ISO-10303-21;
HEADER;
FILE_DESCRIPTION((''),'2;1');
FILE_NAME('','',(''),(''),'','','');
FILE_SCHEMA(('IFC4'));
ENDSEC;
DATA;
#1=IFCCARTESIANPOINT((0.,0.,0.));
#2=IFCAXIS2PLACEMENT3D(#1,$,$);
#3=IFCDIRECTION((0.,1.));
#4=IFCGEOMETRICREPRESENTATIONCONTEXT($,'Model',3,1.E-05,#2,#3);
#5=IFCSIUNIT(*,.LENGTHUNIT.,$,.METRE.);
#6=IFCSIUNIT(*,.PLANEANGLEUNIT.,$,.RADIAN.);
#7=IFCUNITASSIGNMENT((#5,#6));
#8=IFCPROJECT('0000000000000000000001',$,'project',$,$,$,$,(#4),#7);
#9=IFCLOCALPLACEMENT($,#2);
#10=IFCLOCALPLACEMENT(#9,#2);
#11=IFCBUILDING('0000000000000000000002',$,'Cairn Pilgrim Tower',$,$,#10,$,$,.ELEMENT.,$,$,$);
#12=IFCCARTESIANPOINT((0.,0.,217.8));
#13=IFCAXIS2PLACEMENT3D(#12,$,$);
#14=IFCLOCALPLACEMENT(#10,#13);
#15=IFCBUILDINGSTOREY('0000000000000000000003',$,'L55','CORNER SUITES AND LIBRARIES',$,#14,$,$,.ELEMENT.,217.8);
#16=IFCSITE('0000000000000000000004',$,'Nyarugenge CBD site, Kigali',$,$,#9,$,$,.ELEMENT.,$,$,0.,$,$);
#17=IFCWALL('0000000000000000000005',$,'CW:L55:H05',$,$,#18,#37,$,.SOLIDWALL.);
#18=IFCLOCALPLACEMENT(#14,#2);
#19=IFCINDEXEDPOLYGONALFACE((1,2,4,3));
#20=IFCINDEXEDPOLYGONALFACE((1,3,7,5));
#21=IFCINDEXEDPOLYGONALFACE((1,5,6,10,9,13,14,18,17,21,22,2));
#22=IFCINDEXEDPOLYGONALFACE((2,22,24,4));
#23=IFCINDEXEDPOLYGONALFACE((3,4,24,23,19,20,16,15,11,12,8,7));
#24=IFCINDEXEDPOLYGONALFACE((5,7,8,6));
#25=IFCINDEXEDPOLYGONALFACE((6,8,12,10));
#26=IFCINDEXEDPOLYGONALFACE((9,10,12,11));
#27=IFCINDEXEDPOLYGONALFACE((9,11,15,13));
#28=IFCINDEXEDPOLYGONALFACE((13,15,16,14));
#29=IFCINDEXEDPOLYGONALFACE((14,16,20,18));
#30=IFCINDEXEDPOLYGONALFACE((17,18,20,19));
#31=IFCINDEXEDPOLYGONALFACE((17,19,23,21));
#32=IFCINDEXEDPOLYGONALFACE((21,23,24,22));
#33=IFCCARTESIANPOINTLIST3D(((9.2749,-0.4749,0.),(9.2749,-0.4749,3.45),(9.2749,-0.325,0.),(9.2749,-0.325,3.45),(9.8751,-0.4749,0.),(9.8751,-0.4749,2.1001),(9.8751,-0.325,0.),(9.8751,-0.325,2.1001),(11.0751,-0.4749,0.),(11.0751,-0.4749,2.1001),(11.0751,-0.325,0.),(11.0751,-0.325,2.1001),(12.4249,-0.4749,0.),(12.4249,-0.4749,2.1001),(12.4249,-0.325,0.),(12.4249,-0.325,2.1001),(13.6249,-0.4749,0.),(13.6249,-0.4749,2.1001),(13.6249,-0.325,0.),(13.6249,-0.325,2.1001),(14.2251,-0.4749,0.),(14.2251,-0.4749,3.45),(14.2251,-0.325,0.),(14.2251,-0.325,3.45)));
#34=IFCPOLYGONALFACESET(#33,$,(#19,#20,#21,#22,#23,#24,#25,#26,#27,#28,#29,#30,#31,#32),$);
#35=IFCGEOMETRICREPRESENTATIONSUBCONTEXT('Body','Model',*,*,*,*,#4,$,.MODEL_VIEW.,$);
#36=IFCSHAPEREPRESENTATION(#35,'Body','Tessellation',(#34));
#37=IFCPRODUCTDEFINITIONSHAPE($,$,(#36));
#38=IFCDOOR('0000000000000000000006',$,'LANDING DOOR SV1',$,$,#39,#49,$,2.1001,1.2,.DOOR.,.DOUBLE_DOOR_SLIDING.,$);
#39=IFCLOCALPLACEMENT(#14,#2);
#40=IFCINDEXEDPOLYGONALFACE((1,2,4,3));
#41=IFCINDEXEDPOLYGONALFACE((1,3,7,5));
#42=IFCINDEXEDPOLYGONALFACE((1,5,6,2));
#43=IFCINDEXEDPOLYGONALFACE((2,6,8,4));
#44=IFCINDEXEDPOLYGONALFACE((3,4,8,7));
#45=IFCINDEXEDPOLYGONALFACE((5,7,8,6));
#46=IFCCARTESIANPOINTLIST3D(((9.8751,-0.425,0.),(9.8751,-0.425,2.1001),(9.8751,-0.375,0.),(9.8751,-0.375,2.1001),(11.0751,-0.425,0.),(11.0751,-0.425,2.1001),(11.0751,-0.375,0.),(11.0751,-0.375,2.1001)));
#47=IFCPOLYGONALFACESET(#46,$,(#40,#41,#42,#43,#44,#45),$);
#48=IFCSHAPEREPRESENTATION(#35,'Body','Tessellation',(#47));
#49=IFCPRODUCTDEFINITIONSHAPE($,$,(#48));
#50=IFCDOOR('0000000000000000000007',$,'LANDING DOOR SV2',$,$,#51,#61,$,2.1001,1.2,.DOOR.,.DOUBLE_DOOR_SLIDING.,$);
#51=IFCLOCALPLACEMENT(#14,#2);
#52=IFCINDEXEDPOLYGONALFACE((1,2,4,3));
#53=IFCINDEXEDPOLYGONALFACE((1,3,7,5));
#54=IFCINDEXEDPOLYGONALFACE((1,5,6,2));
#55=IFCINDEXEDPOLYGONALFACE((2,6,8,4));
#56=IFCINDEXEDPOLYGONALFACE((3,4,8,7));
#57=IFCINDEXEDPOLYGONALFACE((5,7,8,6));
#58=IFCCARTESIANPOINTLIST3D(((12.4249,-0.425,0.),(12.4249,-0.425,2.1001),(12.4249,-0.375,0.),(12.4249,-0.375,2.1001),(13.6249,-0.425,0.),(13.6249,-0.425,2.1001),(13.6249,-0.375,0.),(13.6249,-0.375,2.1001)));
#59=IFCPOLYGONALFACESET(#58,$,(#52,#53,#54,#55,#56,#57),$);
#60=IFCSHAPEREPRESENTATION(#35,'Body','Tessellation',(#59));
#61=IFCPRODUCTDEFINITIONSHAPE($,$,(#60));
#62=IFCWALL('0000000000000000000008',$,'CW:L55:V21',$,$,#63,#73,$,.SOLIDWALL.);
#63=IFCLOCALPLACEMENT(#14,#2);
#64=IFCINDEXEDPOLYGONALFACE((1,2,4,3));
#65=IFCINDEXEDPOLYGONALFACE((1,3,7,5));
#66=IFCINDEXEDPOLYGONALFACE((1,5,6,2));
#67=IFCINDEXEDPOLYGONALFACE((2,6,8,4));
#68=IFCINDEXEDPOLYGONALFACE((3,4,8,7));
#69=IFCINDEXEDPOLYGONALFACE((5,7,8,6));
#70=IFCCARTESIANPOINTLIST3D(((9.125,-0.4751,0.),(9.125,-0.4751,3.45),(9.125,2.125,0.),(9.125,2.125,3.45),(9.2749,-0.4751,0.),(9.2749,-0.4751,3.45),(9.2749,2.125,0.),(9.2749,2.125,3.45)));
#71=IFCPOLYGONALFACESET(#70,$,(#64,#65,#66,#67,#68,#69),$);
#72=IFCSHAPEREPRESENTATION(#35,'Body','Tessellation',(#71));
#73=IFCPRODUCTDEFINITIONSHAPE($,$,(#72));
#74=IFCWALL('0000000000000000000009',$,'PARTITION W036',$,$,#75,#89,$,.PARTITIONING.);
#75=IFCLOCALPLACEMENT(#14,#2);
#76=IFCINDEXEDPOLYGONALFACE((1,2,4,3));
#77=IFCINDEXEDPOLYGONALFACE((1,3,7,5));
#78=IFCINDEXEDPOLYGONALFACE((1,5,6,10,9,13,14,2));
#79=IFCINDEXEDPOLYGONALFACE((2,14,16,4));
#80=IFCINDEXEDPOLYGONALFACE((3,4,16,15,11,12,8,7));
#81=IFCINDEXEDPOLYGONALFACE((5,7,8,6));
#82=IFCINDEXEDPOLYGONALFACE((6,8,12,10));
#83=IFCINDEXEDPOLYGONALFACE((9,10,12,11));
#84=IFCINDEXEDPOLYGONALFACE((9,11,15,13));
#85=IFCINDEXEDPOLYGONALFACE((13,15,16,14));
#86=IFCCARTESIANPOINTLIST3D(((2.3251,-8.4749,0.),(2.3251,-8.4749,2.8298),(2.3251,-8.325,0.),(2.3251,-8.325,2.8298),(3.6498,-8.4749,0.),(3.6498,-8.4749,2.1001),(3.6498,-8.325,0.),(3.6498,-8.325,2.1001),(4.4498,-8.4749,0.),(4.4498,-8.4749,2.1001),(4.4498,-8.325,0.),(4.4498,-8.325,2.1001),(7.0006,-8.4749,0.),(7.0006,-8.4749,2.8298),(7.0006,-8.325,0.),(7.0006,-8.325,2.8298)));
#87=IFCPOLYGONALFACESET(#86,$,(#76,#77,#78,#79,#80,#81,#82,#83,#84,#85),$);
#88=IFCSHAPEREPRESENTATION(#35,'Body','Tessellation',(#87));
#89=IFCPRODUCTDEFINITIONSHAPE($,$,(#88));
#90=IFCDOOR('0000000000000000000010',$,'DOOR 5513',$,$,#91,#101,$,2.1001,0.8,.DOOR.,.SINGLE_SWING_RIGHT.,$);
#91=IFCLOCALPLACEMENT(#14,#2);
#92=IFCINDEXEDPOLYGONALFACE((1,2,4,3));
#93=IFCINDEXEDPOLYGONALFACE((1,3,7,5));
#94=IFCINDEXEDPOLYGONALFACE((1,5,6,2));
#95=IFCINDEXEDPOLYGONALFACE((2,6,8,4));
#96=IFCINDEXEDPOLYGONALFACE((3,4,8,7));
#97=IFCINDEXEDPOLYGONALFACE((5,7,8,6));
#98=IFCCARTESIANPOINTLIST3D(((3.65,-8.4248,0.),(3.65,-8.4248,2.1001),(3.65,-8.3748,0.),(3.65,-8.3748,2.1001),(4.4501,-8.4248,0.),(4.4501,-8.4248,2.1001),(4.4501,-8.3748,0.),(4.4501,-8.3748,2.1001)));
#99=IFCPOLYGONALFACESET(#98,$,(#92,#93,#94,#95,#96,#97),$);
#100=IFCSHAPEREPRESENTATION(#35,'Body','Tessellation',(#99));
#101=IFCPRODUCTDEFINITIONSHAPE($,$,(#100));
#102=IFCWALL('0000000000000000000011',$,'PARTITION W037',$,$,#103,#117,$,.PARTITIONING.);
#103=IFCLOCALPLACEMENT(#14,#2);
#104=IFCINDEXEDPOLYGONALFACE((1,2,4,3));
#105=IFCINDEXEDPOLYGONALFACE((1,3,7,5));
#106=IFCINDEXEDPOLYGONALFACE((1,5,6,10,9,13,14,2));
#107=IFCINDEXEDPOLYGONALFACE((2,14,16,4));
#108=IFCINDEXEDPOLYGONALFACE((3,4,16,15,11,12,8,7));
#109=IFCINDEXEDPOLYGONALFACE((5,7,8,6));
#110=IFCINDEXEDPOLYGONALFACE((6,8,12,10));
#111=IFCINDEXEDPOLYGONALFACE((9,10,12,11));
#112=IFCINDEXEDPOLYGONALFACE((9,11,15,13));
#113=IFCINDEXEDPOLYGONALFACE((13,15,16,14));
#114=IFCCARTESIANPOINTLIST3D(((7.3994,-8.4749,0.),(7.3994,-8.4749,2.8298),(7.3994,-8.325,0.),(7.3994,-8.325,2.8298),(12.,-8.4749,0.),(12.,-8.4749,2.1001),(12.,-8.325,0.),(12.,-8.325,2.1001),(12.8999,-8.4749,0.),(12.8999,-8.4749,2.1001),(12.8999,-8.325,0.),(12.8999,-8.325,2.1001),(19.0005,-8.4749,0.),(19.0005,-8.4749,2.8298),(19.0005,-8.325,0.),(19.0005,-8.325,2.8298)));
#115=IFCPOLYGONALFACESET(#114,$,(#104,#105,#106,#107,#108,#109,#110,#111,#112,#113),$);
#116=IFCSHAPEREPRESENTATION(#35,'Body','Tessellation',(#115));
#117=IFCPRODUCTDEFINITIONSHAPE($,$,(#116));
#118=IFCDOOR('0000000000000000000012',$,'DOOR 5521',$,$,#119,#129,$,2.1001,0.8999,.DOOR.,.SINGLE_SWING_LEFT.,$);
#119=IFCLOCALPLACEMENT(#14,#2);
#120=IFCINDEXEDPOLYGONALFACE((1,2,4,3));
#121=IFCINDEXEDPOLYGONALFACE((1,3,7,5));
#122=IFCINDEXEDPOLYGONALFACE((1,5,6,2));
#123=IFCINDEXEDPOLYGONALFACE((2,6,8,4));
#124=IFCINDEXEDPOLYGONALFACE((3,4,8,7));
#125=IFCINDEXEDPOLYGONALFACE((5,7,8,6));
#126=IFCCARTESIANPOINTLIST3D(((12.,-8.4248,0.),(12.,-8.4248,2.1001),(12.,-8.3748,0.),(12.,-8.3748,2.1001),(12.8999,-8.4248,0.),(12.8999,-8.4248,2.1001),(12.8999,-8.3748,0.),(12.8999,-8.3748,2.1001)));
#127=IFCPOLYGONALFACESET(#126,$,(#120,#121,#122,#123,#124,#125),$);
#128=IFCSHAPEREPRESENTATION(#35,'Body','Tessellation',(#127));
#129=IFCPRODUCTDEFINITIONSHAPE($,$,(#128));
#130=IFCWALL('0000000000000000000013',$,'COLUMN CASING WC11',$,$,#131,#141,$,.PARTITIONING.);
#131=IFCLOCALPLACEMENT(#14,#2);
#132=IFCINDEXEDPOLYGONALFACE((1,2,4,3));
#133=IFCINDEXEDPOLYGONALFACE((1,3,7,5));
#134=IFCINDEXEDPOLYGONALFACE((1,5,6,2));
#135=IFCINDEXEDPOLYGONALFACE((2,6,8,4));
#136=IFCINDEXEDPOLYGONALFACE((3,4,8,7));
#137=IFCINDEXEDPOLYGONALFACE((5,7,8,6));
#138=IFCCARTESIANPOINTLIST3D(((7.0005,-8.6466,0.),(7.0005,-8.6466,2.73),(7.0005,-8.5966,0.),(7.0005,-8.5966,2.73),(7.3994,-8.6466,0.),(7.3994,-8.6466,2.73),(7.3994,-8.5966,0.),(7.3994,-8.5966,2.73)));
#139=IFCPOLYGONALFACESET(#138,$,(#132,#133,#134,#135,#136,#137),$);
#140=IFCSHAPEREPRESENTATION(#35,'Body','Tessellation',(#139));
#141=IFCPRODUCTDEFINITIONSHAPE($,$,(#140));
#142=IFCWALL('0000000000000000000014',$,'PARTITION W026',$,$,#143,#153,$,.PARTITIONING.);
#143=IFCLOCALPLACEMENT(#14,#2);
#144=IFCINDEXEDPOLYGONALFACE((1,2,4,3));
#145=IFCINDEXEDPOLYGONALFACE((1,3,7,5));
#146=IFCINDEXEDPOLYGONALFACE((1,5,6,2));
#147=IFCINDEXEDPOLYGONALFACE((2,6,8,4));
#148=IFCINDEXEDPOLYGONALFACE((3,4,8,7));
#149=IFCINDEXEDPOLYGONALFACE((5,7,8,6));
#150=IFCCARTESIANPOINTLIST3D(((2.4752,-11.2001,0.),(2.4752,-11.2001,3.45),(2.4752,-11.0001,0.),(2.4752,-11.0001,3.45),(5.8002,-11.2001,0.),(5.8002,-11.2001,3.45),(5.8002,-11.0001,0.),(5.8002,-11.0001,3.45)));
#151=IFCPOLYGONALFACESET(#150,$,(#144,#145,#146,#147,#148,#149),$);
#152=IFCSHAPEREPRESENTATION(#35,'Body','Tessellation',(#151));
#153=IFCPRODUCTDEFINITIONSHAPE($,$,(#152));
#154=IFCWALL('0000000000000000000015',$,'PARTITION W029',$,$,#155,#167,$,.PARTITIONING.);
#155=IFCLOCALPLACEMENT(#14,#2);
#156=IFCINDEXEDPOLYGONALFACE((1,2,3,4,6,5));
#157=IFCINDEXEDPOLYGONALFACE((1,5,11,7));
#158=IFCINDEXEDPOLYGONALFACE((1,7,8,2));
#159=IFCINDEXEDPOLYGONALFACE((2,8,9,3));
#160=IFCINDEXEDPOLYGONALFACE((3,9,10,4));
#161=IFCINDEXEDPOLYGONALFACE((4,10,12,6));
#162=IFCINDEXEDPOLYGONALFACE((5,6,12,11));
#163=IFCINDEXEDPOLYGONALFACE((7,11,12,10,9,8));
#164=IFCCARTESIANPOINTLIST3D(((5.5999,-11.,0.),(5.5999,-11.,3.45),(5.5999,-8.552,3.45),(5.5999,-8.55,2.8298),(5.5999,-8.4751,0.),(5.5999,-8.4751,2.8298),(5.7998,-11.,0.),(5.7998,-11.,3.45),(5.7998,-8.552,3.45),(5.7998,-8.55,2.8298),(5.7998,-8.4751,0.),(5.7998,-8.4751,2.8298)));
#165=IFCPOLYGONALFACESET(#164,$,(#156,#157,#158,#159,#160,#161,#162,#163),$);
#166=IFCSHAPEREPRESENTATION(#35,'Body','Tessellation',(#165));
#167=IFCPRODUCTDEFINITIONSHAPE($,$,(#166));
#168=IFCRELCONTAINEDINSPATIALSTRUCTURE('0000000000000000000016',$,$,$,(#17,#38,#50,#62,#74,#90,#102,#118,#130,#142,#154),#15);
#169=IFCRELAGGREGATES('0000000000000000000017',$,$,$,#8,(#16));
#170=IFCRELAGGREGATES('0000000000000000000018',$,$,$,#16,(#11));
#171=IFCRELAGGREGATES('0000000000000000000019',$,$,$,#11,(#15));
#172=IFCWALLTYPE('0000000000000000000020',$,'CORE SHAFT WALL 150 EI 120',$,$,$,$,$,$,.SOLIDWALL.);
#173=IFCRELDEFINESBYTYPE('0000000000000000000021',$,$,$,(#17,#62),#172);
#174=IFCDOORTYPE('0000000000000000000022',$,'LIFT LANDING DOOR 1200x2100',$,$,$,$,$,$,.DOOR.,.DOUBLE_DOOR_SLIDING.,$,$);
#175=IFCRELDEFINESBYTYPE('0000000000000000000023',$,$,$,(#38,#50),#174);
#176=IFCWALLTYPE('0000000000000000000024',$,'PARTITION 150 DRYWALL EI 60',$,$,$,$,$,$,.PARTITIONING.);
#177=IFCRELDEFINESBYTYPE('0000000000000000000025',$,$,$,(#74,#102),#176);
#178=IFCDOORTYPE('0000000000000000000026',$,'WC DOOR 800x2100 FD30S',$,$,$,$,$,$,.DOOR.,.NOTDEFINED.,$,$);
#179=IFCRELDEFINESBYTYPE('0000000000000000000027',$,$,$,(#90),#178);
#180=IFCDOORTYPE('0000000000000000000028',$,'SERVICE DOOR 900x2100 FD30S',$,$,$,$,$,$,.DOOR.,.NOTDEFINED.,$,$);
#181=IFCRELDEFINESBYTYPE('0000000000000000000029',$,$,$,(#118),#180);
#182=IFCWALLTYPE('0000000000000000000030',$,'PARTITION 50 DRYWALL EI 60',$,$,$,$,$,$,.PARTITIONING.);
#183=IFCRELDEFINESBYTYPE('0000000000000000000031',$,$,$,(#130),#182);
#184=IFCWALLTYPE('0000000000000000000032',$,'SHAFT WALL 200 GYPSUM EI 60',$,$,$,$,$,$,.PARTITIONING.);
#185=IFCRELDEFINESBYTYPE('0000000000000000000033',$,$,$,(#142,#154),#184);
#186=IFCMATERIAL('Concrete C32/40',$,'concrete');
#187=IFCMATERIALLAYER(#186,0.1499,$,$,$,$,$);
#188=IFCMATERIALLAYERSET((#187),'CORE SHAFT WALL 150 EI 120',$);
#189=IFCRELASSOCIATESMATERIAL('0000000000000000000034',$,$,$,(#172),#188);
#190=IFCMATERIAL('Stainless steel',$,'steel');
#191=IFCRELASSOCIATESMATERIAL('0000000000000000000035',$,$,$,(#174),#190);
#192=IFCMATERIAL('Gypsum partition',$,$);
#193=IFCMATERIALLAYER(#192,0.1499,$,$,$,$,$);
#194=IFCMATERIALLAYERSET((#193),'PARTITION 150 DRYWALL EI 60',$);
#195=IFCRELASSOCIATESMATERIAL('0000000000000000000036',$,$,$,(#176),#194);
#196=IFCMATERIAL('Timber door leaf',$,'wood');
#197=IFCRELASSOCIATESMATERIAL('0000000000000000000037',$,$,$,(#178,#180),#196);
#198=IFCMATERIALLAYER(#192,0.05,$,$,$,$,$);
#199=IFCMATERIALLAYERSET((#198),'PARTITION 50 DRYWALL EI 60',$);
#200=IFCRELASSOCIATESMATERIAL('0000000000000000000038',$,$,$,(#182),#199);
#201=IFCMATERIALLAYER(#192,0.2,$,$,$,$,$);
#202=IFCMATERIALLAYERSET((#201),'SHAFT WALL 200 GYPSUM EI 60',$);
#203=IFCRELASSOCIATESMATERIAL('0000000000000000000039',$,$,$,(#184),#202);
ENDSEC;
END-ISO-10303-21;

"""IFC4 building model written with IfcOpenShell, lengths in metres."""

from ifc_helpers import new_model, si_unit, direction, frame, frame_2d, origin, place, context, subcontext, project, spatial, polyline, rectangle, outline, extrude, material, layer, layer_set, type_object, element, fill, save


model = new_model("IFC4")

# Units and contexts
model_context = context("Model", 3, precision=1e-05, world=origin(), true_north=direction((0.0, 1.0)))
body_context = subcontext(model_context, "Body", "Model", "MODEL_VIEW")
ifc_project = project(units=[si_unit("LENGTHUNIT", "METRE"), si_unit("PLANEANGLEUNIT", "RADIAN")], contexts=[model_context])

# Site, building, storey
site_placement = place(None, origin())
site = spatial("IfcSite", under=ifc_project, at=site_placement, Name="Nyarugenge CBD site, Kigali", CompositionType="ELEMENT", RefElevation=0.0)
building_placement = place(site_placement, origin())
building = spatial("IfcBuilding", under=site, at=building_placement, Name="Cairn Pilgrim Tower", CompositionType="ELEMENT")
storey_placement = place(building_placement, frame((0.0, 0.0, 217.8)))
storey = spatial("IfcBuildingStorey", under=building, at=storey_placement, Name="L55", Description="CORNER SUITES AND LIBRARIES", CompositionType="ELEMENT", Elevation=217.8)

# Shared definitions
ifc_material_1 = material(Name="Concrete C32/40", Category="concrete")

# Wall, openings, doors
ifc_layer_1 = layer(ifc_material_1, 0.1499)
ifc_layer_set_1 = layer_set([ifc_layer_1], Name="CORE SHAFT WALL 150 EI 120")
wall_type_1 = type_object("IfcWallType", Name="CORE SHAFT WALL 150 EI 120", PredefinedType="SOLIDWALL", material=ifc_layer_set_1)
wall_1_placement = place(storey_placement, frame((9.2749, -0.3999, 0.0), z_axis=(0.0, 0.0, 1.0), x_axis=(1.0, 0.0, 0.0)))
wall_1 = element("IfcWall", 1, at=wall_1_placement, inside=storey, type_object=wall_type_1, Name="CW:L55:H05", PredefinedType="SOLIDWALL", context=body_context, shape_type="SweptSolid", body=[
    extrude(rectangle(XDim=4.9502, YDim=0.1499, at=frame_2d((2.4751, 0.0))), origin(), (0.0, 0.0, 1.0), 3.45),
])
opening_1_placement = place(wall_1_placement, frame((0.6001, 0.0, 0.0)))
opening_1 = element("IfcOpeningElement", 2, at=opening_1_placement, cuts=wall_1, PredefinedType="OPENING", context=body_context, shape_type="SweptSolid", body=[
    extrude(rectangle(XDim=1.2, YDim=2.1001, at=frame_2d((0.6001, 1.05))), frame((0.0, 0.085, 0.0), z_axis=(0.0, -1.0, 0.0), x_axis=(1.0, 0.0, 0.0)), (0.0, 0.0, 1.0), 0.1699),
])
opening_2_placement = place(wall_1_placement, frame((3.1499, 0.0, 0.0)))
opening_2 = element("IfcOpeningElement", 3, at=opening_2_placement, cuts=wall_1, PredefinedType="OPENING", context=body_context, shape_type="SweptSolid", body=[
    extrude(rectangle(XDim=1.2, YDim=2.1001, at=frame_2d((0.6001, 1.05))), frame((0.0, 0.085, 0.0), z_axis=(0.0, -1.0, 0.0), x_axis=(1.0, 0.0, 0.0)), (0.0, 0.0, 1.0), 0.1699),
])
ifc_material_2 = material(Name="Stainless steel", Category="steel")
door_type_1 = type_object("IfcDoorType", Name="LIFT LANDING DOOR 1200x2100", OperationType="DOUBLE_DOOR_SLIDING", PredefinedType="DOOR", material=ifc_material_2)
door_1_placement = place(opening_1_placement, origin())
door_1 = element("IfcDoor", 4, at=door_1_placement, inside=storey, type_object=door_type_1, Name="LANDING DOOR SV1", OperationType="DOUBLE_DOOR_SLIDING", OverallHeight=2.1001, OverallWidth=1.2, PredefinedType="DOOR", context=body_context, shape_type="SweptSolid", body=[
    extrude(rectangle(XDim=1.2, YDim=2.1001, at=frame_2d((0.6001, 1.05))), frame((0.0, 0.0249, 0.0), z_axis=(0.0, -1.0, 0.0), x_axis=(1.0, 0.0, 0.0)), (0.0, 0.0, 1.0), 0.05),
])
fill(opening_1, door_1)
door_2_placement = place(opening_2_placement, origin())
door_2 = element("IfcDoor", 5, at=door_2_placement, inside=storey, type_object=door_type_1, Name="LANDING DOOR SV2", OperationType="DOUBLE_DOOR_SLIDING", OverallHeight=2.1001, OverallWidth=1.2, PredefinedType="DOOR", context=body_context, shape_type="SweptSolid", body=[
    extrude(rectangle(XDim=1.2, YDim=2.1001, at=frame_2d((0.6001, 1.05))), frame((0.0, 0.0249, 0.0), z_axis=(0.0, -1.0, 0.0), x_axis=(1.0, 0.0, 0.0)), (0.0, 0.0, 1.0), 0.05),
])
fill(opening_2, door_2)

# Wall
wall_2_placement = place(storey_placement, frame((9.2, -0.4751, 0.0), z_axis=(0.0, 0.0, 1.0), x_axis=(0.0, 1.0, 0.0)))
element("IfcWall", 6, at=wall_2_placement, inside=storey, type_object=wall_type_1, Name="CW:L55:V21", PredefinedType="SOLIDWALL", context=body_context, shape_type="SweptSolid", body=[
    extrude(rectangle(XDim=2.6001, YDim=0.1499, at=frame_2d((1.3, 0.0))), origin(), (0.0, 0.0, 1.0), 3.45),
])

# Walls, openings, doors
ifc_material_3 = material(Name="Gypsum partition")
ifc_layer_2 = layer(ifc_material_3, 0.1499)
ifc_layer_set_2 = layer_set([ifc_layer_2], Name="PARTITION 150 DRYWALL EI 60")
wall_type_2 = type_object("IfcWallType", Name="PARTITION 150 DRYWALL EI 60", PredefinedType="PARTITIONING", material=ifc_layer_set_2)
wall_3_placement = place(storey_placement, frame((2.325, -8.3999, 0.0), z_axis=(0.0, 0.0, 1.0), x_axis=(1.0, 0.0, 0.0)))
wall_3 = element("IfcWall", 7, at=wall_3_placement, inside=storey, type_object=wall_type_2, Name="PARTITION W036", PredefinedType="PARTITIONING", context=body_context, shape_type="SweptSolid", body=[
    extrude(rectangle(XDim=4.6755, YDim=0.1499, at=frame_2d((2.3379, 0.0))), origin(), (0.0, 0.0, 1.0), 2.8298),
])
opening_3_placement = place(wall_3_placement, frame((1.325, 0.0, 0.0)))
opening_3 = element("IfcOpeningElement", 8, at=opening_3_placement, cuts=wall_3, PredefinedType="OPENING", context=body_context, shape_type="SweptSolid", body=[
    extrude(rectangle(XDim=0.8, YDim=2.1001, at=frame_2d((0.3999, 1.05))), frame((0.0, 0.085, 0.0), z_axis=(0.0, -1.0, 0.0), x_axis=(1.0, 0.0, 0.0)), (0.0, 0.0, 1.0), 0.1699),
])
ifc_material_4 = material(Name="Timber door leaf", Category="wood")
door_type_2 = type_object("IfcDoorType", Name="WC DOOR 800x2100 FD30S", OperationType="NOTDEFINED", PredefinedType="DOOR", material=ifc_material_4)
door_3_placement = place(opening_3_placement, frame((0.8, 0.0, 0.0), z_axis=(0.0, 0.0, 1.0), x_axis=(-1.0, 0.0, 0.0)))
door_3 = element("IfcDoor", 9, at=door_3_placement, inside=storey, type_object=door_type_2, Name="DOOR 5513", OperationType="SINGLE_SWING_RIGHT", OverallHeight=2.1001, OverallWidth=0.8, PredefinedType="DOOR", context=body_context, shape_type="SweptSolid", body=[
    extrude(rectangle(XDim=0.8, YDim=2.1001, at=frame_2d((0.3999, 1.05))), frame((0.0, 0.0249, 0.0), z_axis=(0.0, -1.0, 0.0), x_axis=(1.0, 0.0, 0.0)), (0.0, 0.0, 1.0), 0.05),
])
fill(opening_3, door_3)
wall_4_placement = place(storey_placement, frame((7.3994, -8.3999, 0.0), z_axis=(0.0, 0.0, 1.0), x_axis=(1.0, 0.0, 0.0)))
wall_4 = element("IfcWall", 10, at=wall_4_placement, inside=storey, type_object=wall_type_2, Name="PARTITION W037", PredefinedType="PARTITIONING", context=body_context, shape_type="SweptSolid", body=[
    extrude(rectangle(XDim=11.6011, YDim=0.1499, at=frame_2d((5.8005, 0.0))), origin(), (0.0, 0.0, 1.0), 2.8298),
])
opening_4_placement = place(wall_4_placement, frame((4.6006, 0.0, 0.0)))
opening_4 = element("IfcOpeningElement", 11, at=opening_4_placement, cuts=wall_4, PredefinedType="OPENING", context=body_context, shape_type="SweptSolid", body=[
    extrude(rectangle(XDim=0.8999, YDim=2.1001, at=frame_2d((0.45, 1.05))), frame((0.0, 0.085, 0.0), z_axis=(0.0, -1.0, 0.0), x_axis=(1.0, 0.0, 0.0)), (0.0, 0.0, 1.0), 0.1699),
])
door_type_3 = type_object("IfcDoorType", Name="SERVICE DOOR 900x2100 FD30S", OperationType="NOTDEFINED", PredefinedType="DOOR", material=ifc_material_4)
door_4_placement = place(opening_4_placement, frame((0.8999, 0.0, 0.0), z_axis=(0.0, 0.0, 1.0), x_axis=(-1.0, 0.0, 0.0)))
door_4 = element("IfcDoor", 12, at=door_4_placement, inside=storey, type_object=door_type_3, Name="DOOR 5521", OperationType="SINGLE_SWING_LEFT", OverallHeight=2.1001, OverallWidth=0.8999, PredefinedType="DOOR", context=body_context, shape_type="SweptSolid", body=[
    extrude(rectangle(XDim=0.8999, YDim=2.1001, at=frame_2d((0.45, 1.05))), frame((0.0, 0.0249, 0.0), z_axis=(0.0, -1.0, 0.0), x_axis=(1.0, 0.0, 0.0)), (0.0, 0.0, 1.0), 0.05),
])
fill(opening_4, door_4)

# Walls
ifc_layer_3 = layer(ifc_material_3, 0.05)
ifc_layer_set_3 = layer_set([ifc_layer_3], Name="PARTITION 50 DRYWALL EI 60")
wall_type_3 = type_object("IfcWallType", Name="PARTITION 50 DRYWALL EI 60", PredefinedType="PARTITIONING", material=ifc_layer_set_3)
wall_5_placement = place(storey_placement, frame((7.0005, -8.6216, 0.0), z_axis=(0.0, 0.0, 1.0), x_axis=(1.0, 0.0, 0.0)))
element("IfcWall", 13, at=wall_5_placement, inside=storey, type_object=wall_type_3, Name="COLUMN CASING WC11", PredefinedType="PARTITIONING", context=body_context, shape_type="SweptSolid", body=[
    extrude(rectangle(XDim=0.3989, YDim=0.05, at=frame_2d((0.1995, 0.0))), origin(), (0.0, 0.0, 1.0), 2.73),
])
ifc_layer_4 = layer(ifc_material_3, 0.2)
ifc_layer_set_4 = layer_set([ifc_layer_4], Name="SHAFT WALL 200 GYPSUM EI 60")
wall_type_4 = type_object("IfcWallType", Name="SHAFT WALL 200 GYPSUM EI 60", PredefinedType="PARTITIONING", material=ifc_layer_set_4)
wall_6_placement = place(storey_placement, frame((2.4751, -11.1001, 0.0), z_axis=(0.0, 0.0, 1.0), x_axis=(1.0, 0.0, 0.0)))
element("IfcWall", 14, at=wall_6_placement, inside=storey, type_object=wall_type_4, Name="PARTITION W026", PredefinedType="PARTITIONING", context=body_context, shape_type="SweptSolid", body=[
    extrude(rectangle(XDim=3.325, YDim=0.2, at=frame_2d((1.6626, 0.0))), origin(), (0.0, 0.0, 1.0), 3.45),
])
wall_7_placement = place(storey_placement, frame((5.7, -11.0, 0.0), z_axis=(0.0, 0.0, 1.0), x_axis=(0.0, 1.0, 0.0)))
element("IfcWall", 15, at=wall_7_placement, inside=storey, type_object=wall_type_4, Name="PARTITION W029", PredefinedType="PARTITIONING", context=body_context, shape_type="SweptSolid", body=[
    extrude(outline(polyline([(0.0, 0.0), (2.5249, 0.0), (2.5249, 2.8298), (2.45, 2.8298), (2.448, 3.45), (0.0, 3.45), (0.0, 0.0)])), frame((0.0, 0.1001, 0.0), z_axis=(0.0, -1.0, 0.0), x_axis=(1.0, 0.0, 0.0)), (0.0, 0.0, 1.0), 0.2),
])

save(model, "model.ifc")
